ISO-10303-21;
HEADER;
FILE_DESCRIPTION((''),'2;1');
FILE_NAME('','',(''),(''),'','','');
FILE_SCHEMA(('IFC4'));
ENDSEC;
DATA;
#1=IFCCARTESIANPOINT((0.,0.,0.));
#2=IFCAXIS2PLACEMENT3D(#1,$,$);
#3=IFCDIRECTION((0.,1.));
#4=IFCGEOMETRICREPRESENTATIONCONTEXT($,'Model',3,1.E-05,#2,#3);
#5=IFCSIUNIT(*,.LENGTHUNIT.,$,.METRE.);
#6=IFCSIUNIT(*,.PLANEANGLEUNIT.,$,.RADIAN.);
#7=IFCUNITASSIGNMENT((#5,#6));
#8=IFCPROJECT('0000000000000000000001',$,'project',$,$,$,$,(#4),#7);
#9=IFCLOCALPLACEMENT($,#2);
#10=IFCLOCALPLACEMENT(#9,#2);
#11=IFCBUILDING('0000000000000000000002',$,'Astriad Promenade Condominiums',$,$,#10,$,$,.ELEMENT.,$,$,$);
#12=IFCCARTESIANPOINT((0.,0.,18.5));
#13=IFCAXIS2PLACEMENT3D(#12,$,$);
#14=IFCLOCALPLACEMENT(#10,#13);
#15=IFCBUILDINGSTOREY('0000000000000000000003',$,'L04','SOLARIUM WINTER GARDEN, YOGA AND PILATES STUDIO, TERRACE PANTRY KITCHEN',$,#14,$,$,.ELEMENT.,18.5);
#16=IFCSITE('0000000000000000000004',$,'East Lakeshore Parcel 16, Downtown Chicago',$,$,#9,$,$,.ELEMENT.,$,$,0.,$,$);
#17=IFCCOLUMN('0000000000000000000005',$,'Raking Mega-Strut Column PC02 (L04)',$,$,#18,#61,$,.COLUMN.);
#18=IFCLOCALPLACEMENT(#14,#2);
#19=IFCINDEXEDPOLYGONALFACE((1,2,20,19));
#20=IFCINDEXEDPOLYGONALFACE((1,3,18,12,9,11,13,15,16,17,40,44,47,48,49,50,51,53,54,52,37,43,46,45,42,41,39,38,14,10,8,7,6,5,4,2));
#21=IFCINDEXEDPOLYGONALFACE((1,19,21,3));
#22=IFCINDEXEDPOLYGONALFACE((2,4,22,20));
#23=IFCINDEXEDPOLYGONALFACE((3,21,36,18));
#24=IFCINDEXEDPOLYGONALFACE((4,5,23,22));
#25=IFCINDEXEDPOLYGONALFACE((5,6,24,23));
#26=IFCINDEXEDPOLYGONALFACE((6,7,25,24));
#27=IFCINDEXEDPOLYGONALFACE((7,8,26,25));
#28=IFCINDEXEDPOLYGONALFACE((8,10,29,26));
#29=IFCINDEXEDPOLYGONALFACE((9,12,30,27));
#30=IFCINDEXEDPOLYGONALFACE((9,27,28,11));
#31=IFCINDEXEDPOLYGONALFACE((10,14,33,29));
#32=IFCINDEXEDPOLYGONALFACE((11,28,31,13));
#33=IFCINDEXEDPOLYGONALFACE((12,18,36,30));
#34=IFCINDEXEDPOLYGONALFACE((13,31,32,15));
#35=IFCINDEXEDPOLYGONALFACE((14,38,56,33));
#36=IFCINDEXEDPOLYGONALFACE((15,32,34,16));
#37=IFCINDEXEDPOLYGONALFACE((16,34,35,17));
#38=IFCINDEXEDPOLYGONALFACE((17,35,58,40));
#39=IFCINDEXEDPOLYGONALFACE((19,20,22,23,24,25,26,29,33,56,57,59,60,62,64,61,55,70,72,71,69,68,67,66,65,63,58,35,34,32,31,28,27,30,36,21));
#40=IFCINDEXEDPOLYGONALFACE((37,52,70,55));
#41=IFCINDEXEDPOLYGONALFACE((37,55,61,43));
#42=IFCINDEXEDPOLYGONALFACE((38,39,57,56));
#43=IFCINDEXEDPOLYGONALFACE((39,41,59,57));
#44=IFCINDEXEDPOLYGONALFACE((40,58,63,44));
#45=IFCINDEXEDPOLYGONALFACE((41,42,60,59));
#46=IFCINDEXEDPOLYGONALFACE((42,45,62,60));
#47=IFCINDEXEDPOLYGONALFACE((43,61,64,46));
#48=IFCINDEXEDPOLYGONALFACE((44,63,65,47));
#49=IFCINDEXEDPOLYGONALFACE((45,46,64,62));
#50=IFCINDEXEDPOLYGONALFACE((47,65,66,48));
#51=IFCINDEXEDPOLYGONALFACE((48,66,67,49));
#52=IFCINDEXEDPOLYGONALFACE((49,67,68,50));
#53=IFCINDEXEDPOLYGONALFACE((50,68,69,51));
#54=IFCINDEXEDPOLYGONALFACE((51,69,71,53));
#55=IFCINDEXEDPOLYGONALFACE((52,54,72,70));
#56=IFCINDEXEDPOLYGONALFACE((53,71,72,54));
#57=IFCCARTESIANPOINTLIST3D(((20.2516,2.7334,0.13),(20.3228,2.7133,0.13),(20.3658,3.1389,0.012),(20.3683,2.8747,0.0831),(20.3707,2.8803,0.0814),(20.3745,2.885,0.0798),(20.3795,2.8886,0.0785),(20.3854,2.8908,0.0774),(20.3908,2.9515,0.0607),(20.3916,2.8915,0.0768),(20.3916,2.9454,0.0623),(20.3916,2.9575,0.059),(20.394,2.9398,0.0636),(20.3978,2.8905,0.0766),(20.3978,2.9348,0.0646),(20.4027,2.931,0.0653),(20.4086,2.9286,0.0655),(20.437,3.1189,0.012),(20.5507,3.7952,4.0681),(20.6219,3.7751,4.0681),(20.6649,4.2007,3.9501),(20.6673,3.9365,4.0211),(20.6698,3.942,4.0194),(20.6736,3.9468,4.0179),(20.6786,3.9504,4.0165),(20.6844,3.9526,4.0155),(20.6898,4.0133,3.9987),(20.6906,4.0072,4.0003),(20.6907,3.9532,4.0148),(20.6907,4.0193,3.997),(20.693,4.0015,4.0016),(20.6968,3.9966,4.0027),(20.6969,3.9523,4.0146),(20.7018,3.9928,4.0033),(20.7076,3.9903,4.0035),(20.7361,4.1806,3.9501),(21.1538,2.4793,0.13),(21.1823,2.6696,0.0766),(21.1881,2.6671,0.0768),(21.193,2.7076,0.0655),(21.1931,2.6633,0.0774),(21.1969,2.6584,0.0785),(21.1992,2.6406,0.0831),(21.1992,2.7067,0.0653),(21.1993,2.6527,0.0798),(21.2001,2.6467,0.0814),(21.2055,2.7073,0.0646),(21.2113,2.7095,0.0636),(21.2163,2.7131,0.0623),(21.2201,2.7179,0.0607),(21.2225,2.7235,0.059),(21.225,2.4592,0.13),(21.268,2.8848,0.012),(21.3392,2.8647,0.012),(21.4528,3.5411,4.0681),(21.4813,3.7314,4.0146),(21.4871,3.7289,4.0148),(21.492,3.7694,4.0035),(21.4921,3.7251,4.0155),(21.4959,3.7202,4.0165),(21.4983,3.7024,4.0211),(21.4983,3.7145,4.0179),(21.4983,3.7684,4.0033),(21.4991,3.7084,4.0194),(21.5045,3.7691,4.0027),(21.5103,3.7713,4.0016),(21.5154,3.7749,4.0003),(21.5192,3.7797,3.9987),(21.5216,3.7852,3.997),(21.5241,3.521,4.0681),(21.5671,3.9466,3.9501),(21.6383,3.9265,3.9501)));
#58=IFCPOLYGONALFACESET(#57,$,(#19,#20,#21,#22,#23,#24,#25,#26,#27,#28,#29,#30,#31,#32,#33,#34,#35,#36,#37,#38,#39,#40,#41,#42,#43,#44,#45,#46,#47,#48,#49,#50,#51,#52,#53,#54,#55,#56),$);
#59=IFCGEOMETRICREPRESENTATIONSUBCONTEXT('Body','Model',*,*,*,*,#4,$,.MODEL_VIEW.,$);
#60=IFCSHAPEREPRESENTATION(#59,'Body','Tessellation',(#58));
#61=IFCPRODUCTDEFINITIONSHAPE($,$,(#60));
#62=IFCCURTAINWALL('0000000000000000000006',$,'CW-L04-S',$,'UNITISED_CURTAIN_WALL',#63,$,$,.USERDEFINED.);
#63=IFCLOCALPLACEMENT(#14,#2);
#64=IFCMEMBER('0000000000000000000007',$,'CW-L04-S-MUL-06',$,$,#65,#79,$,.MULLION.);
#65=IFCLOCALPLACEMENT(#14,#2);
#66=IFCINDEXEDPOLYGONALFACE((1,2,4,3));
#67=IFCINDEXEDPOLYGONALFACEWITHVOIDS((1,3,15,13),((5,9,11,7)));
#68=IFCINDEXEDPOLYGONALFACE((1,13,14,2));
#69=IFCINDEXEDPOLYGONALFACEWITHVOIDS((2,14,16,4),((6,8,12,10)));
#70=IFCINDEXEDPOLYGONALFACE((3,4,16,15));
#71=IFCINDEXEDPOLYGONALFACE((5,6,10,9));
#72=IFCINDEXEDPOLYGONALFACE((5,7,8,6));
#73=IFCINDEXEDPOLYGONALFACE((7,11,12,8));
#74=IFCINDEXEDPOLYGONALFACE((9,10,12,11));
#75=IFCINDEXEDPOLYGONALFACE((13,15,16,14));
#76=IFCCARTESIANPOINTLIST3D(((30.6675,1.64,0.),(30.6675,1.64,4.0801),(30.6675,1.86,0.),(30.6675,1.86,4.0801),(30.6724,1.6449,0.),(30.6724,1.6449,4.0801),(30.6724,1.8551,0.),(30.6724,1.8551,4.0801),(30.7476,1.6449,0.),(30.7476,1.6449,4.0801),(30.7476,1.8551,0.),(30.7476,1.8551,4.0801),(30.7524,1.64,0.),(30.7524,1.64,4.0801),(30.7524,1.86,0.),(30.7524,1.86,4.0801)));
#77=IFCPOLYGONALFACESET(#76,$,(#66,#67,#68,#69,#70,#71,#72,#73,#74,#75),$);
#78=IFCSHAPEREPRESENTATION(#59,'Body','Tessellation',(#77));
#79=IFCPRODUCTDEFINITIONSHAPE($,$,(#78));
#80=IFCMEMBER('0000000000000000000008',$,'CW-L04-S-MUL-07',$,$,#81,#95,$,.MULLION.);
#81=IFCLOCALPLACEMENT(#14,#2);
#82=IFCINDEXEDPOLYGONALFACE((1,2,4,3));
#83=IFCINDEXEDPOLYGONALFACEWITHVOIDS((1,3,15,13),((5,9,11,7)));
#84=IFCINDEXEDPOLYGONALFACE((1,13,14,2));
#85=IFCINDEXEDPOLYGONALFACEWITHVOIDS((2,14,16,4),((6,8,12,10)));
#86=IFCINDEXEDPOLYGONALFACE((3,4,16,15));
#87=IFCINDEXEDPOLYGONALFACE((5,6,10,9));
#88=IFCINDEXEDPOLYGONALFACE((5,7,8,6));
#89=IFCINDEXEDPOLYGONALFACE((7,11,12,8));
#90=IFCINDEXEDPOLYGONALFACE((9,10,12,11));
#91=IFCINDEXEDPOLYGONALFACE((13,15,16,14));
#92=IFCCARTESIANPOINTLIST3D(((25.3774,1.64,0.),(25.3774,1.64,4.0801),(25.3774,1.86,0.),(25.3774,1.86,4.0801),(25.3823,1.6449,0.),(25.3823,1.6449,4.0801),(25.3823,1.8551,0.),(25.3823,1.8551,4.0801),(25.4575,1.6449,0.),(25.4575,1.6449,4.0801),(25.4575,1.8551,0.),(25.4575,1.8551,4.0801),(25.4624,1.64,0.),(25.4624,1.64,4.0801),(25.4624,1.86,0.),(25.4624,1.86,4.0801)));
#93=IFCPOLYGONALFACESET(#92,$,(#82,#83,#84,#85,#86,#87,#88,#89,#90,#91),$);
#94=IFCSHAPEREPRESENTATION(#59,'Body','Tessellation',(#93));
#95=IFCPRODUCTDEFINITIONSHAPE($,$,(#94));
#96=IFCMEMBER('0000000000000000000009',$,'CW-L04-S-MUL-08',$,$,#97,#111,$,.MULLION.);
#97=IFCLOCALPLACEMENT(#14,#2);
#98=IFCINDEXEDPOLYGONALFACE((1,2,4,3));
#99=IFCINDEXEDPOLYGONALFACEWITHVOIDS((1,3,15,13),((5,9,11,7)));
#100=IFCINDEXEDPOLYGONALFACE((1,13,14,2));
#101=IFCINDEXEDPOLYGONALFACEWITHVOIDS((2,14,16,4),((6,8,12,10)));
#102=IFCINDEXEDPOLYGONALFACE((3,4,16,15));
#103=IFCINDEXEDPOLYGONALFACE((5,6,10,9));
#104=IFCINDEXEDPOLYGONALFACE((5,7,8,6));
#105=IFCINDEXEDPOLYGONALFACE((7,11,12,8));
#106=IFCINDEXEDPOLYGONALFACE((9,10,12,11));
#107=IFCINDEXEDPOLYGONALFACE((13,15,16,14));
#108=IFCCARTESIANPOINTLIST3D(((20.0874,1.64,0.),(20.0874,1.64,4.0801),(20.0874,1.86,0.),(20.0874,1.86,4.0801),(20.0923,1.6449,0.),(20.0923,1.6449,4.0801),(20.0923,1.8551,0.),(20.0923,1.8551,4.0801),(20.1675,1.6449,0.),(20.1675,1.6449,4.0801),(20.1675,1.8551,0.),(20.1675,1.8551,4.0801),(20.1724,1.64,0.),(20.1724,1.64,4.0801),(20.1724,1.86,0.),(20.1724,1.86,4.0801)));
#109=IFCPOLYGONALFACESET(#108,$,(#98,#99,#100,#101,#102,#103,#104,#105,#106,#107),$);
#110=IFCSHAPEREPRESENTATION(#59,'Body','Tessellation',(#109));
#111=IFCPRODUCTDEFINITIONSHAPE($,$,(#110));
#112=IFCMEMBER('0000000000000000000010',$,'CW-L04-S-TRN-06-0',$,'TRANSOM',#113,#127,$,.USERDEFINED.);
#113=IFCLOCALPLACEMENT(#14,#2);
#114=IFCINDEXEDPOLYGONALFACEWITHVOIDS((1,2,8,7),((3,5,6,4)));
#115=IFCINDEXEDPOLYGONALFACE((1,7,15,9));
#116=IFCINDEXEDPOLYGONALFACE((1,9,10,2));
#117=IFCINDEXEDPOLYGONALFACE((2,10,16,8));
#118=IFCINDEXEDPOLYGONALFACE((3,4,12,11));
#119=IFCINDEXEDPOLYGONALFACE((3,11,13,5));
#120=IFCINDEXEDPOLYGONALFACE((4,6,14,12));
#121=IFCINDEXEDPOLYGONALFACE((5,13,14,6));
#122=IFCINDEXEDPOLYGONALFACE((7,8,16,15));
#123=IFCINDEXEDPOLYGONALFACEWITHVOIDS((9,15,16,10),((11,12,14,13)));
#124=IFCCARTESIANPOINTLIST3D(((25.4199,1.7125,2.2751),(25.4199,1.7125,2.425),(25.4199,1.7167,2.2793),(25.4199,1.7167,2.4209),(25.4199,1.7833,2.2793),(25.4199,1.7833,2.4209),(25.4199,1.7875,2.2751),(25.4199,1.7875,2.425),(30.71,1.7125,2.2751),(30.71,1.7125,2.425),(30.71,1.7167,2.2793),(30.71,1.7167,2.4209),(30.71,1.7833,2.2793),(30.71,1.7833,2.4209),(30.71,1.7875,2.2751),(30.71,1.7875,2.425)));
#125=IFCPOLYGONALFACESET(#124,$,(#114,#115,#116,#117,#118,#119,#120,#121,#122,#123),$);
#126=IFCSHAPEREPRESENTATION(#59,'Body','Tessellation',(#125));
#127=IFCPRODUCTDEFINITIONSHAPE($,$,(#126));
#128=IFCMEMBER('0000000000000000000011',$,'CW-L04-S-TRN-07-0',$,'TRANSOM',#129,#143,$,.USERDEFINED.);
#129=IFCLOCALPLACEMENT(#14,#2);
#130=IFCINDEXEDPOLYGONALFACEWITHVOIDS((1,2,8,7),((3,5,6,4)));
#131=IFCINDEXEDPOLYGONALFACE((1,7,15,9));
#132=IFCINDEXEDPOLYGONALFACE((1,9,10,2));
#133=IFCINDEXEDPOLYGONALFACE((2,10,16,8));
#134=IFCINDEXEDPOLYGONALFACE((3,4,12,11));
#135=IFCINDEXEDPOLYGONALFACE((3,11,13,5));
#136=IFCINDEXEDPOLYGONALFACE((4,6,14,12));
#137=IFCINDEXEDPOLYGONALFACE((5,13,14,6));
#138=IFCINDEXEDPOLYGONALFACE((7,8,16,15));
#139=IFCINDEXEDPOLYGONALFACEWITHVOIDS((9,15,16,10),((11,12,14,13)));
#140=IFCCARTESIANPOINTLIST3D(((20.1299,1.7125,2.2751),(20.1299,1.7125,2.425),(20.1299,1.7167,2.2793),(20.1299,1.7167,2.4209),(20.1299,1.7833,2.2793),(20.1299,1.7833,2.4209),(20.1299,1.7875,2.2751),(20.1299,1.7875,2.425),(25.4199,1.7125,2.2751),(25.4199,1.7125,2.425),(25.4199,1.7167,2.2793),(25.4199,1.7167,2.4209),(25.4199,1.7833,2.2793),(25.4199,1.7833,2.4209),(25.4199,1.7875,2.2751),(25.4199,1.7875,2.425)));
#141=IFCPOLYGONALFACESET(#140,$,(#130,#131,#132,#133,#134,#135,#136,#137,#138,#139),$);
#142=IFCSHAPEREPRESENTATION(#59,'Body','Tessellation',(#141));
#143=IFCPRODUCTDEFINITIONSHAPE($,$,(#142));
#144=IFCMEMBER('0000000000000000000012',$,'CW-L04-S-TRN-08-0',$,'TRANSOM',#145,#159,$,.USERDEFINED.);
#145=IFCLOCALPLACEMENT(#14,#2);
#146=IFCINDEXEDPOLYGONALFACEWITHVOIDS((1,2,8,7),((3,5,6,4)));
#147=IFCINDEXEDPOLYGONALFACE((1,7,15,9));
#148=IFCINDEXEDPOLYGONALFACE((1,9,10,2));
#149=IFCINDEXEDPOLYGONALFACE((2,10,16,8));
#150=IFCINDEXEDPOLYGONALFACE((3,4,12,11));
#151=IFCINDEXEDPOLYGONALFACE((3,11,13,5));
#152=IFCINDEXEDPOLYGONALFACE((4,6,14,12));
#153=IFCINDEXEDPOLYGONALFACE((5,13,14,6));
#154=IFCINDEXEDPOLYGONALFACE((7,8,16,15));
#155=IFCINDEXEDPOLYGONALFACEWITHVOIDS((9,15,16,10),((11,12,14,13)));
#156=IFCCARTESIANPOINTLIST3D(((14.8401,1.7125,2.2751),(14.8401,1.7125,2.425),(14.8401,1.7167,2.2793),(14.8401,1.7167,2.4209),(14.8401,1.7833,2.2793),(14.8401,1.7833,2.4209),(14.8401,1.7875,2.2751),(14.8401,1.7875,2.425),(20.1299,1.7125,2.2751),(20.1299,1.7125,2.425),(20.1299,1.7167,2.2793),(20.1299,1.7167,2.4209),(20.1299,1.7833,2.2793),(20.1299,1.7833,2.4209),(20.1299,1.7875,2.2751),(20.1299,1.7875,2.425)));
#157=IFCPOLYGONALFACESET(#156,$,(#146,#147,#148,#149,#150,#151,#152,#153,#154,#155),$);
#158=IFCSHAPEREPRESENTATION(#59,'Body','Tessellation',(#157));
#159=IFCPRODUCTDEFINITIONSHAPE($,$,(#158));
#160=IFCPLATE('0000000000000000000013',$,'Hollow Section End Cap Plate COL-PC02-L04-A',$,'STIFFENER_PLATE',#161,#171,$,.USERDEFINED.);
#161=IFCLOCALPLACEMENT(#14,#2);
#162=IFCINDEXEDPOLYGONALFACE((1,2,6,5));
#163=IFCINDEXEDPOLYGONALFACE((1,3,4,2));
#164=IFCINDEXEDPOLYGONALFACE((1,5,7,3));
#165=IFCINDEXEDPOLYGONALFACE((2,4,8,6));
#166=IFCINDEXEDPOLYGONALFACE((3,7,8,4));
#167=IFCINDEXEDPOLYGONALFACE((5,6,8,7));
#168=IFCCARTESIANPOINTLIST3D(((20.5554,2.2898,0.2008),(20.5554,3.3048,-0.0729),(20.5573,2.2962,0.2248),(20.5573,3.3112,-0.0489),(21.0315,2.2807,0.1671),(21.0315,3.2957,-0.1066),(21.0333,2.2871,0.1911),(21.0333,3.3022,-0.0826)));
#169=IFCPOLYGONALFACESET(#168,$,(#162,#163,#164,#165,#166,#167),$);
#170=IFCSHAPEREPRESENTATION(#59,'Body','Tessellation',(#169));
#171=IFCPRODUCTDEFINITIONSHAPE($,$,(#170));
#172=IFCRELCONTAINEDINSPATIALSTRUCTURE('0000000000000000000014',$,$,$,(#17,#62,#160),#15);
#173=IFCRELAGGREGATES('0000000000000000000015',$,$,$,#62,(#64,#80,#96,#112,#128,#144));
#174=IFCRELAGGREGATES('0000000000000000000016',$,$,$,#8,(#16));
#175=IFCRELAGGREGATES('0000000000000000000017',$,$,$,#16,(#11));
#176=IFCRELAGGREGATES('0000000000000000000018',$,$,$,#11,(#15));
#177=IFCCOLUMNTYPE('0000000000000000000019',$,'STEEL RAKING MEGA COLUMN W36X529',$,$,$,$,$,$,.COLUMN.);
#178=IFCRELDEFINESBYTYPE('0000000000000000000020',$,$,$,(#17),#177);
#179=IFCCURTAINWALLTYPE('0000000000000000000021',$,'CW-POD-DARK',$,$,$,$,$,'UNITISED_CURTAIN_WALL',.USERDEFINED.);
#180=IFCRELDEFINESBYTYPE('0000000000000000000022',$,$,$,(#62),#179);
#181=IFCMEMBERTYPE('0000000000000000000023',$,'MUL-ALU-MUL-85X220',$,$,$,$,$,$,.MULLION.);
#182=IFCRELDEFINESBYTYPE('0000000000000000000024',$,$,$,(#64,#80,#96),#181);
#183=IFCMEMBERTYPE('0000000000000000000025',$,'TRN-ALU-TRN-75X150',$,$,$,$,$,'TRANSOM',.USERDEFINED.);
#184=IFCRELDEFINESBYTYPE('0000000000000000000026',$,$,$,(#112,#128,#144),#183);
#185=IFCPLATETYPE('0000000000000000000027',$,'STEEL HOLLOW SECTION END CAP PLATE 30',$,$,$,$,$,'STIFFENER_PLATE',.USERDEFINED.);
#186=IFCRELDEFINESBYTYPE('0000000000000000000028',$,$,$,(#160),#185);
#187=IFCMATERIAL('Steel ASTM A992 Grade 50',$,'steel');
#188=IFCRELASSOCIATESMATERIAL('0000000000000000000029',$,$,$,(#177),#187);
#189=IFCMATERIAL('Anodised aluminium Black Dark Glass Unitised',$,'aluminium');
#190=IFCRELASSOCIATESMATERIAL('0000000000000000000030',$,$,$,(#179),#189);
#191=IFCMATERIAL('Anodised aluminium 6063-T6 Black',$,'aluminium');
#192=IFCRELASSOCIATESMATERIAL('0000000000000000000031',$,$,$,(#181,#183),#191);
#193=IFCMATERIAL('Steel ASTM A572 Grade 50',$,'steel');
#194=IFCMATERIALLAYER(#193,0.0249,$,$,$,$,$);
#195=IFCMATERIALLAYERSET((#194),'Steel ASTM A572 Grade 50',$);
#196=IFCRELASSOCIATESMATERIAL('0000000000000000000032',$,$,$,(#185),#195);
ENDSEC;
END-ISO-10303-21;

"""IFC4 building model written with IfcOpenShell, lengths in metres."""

from ifc_helpers import new_model, si_unit, direction, frame, origin, origin_2d, place, context, subcontext, project, spatial, rectangle, hollow_rectangle, i_section, extrude, source, transform, mapped, material, layer, layer_set, material_profile, profile_set, type_object, type_shapes, element, aggregate, save


model = new_model("IFC4")

# Units and contexts
model_context = context("Model", 3, precision=1e-05, world=origin(), true_north=direction((0.0, 1.0)))
body_context = subcontext(model_context, "Body", "Model", "MODEL_VIEW")
ifc_project = project(units=[si_unit("LENGTHUNIT", "METRE"), si_unit("PLANEANGLEUNIT", "RADIAN")], contexts=[model_context])

# Site, building, storey
site_placement = place(None, origin())
site = spatial("IfcSite", under=ifc_project, at=site_placement, Name="East Lakeshore Parcel 16, Downtown Chicago", CompositionType="ELEMENT", RefElevation=0.0)
building_placement = place(site_placement, origin())
building = spatial("IfcBuilding", under=site, at=building_placement, Name="Astriad Promenade Condominiums", CompositionType="ELEMENT")
storey_placement = place(building_placement, frame((0.0, 0.0, 18.5)))
storey = spatial("IfcBuildingStorey", under=building, at=storey_placement, Name="L04", Description="SOLARIUM WINTER GARDEN, YOGA AND PILATES STUDIO, TERRACE PANTRY KITCHEN", CompositionType="ELEMENT", Elevation=18.5)

# Column
ifc_material_1 = material(Name="Steel ASTM A992 Grade 50", Category="steel")
ifc_material_profile_1 = material_profile(ifc_material_1, i_section(OverallWidth=0.4375, OverallDepth=1.0112, WebThickness=0.041, FlangeThickness=0.074, FilletRadius=0.0242, at=origin_2d()), Name="W36X529")
ifc_profile_set_1 = profile_set([ifc_material_profile_1], Name="Steel ASTM A992 Grade 50")
column_type = type_object("IfcColumnType", Name="STEEL RAKING MEGA COLUMN W36X529", PredefinedType="COLUMN", material=ifc_profile_set_1)
shared_shape_1 = source(origin(), body_context, "Body", "SweptSolid", [
    extrude(i_section(OverallWidth=0.4375, OverallDepth=1.0112, WebThickness=0.041, FlangeThickness=0.074, FilletRadius=0.0242, at=origin_2d()), origin(), (0.0, 0.0, 1.0), 4.0896),
])
type_shapes(column_type, [shared_shape_1])
column_placement = place(storey_placement, frame((20.7954, 2.7991, 0.071), z_axis=(0.073131, 0.259628, 0.962936), x_axis=(-0.261075, -0.926868, 0.269731)))
element("IfcColumn", 1, at=column_placement, inside=storey, type_object=column_type, Name="Raking Mega-Strut Column PC02 (L04)", PredefinedType="COLUMN", context=body_context, shape_type="MappedRepresentation", body=[
    mapped(shared_shape_1, transform((0.0, 0.0, 0.0), scale=1.0)),
])

# Curtain wall, members
ifc_material_2 = material(Name="Anodised aluminium Black Dark Glass Unitised", Category="aluminium")
curtain_wall_type = type_object("IfcCurtainWallType", Name="CW-POD-DARK", ElementType="UNITISED_CURTAIN_WALL", PredefinedType="USERDEFINED", material=ifc_material_2)
curtain_wall_placement = place(storey_placement, origin())
curtain_wall = element("IfcCurtainWall", 2, at=curtain_wall_placement, inside=storey, type_object=curtain_wall_type, Name="CW-L04-S", ObjectType="UNITISED_CURTAIN_WALL", PredefinedType="USERDEFINED")
ifc_material_3 = material(Name="Anodised aluminium 6063-T6 Black", Category="aluminium")
ifc_material_profile_2 = material_profile(ifc_material_3, hollow_rectangle(XDim=0.085, YDim=0.22, WallThickness=0.0049, at=origin_2d()), Name="ALU-MUL-85X220")
ifc_profile_set_2 = profile_set([ifc_material_profile_2], Name="Anodised aluminium 6063-T6 Black")
member_type_1 = type_object("IfcMemberType", Name="MUL-ALU-MUL-85X220", PredefinedType="MULLION", material=ifc_profile_set_2)
shared_shape_2 = source(origin(), body_context, "Body", "SweptSolid", [
    extrude(hollow_rectangle(XDim=0.085, YDim=0.22, WallThickness=0.0049, at=origin_2d()), origin(), (0.0, 0.0, 1.0), 4.0801),
])
type_shapes(member_type_1, [shared_shape_2])
member_1_placement = place(storey_placement, frame((30.71, 1.75, 0.0), z_axis=(0.0, 0.0, 1.0), x_axis=(1.0, 0.0, 0.0)))
member_1 = element("IfcMember", 3, at=member_1_placement, type_object=member_type_1, Name="CW-L04-S-MUL-06", PredefinedType="MULLION", context=body_context, shape_type="MappedRepresentation", body=[
    mapped(shared_shape_2, transform((0.0, 0.0, 0.0), scale=1.0)),
])
member_2_placement = place(storey_placement, frame((25.4199, 1.75, 0.0), z_axis=(0.0, 0.0, 1.0), x_axis=(1.0, 0.0, 0.0)))
member_2 = element("IfcMember", 4, at=member_2_placement, type_object=member_type_1, Name="CW-L04-S-MUL-07", PredefinedType="MULLION", context=body_context, shape_type="MappedRepresentation", body=[
    mapped(shared_shape_2, transform((0.0, 0.0, 0.0), scale=1.0)),
])
member_3_placement = place(storey_placement, frame((20.1299, 1.75, 0.0), z_axis=(0.0, 0.0, 1.0), x_axis=(1.0, 0.0, 0.0)))
member_3 = element("IfcMember", 5, at=member_3_placement, type_object=member_type_1, Name="CW-L04-S-MUL-08", PredefinedType="MULLION", context=body_context, shape_type="MappedRepresentation", body=[
    mapped(shared_shape_2, transform((0.0, 0.0, 0.0), scale=1.0)),
])
ifc_material_profile_3 = material_profile(ifc_material_3, hollow_rectangle(XDim=0.075, YDim=0.1499, WallThickness=0.0042, at=origin_2d()), Name="ALU-TRN-75X150")
ifc_profile_set_3 = profile_set([ifc_material_profile_3], Name="Anodised aluminium 6063-T6 Black")
member_type_2 = type_object("IfcMemberType", Name="TRN-ALU-TRN-75X150", ElementType="TRANSOM", PredefinedType="USERDEFINED", material=ifc_profile_set_3)
shared_shape_3 = source(origin(), body_context, "Body", "SweptSolid", [
    extrude(hollow_rectangle(XDim=0.075, YDim=0.1499, WallThickness=0.0042, at=origin_2d()), origin(), (0.0, 0.0, 1.0), 5.29),
])
member_4_placement = place(storey_placement, frame((30.71, 1.75, 2.3501), z_axis=(-1.0, 0.0, 0.0), x_axis=(0.0, -1.0, 0.0)))
member_4 = element("IfcMember", 6, at=member_4_placement, type_object=member_type_2, Name="CW-L04-S-TRN-06-0", ObjectType="TRANSOM", PredefinedType="USERDEFINED", context=body_context, shape_type="MappedRepresentation", body=[
    mapped(shared_shape_3, transform((0.0, 0.0, 0.0), scale=1.0)),
])
member_5_placement = place(storey_placement, frame((25.4199, 1.75, 2.3501), z_axis=(-1.0, 0.0, 0.0), x_axis=(0.0, -1.0, 0.0)))
member_5 = element("IfcMember", 7, at=member_5_placement, type_object=member_type_2, Name="CW-L04-S-TRN-07-0", ObjectType="TRANSOM", PredefinedType="USERDEFINED", context=body_context, shape_type="MappedRepresentation", body=[
    mapped(shared_shape_3, transform((0.0, 0.0, 0.0), scale=1.0)),
])
shared_shape_4 = source(origin(), body_context, "Body", "SweptSolid", [
    extrude(hollow_rectangle(XDim=0.075, YDim=0.1499, WallThickness=0.0042, at=origin_2d()), origin(), (0.0, 0.0, 1.0), 5.2898),
])
type_shapes(member_type_2, [shared_shape_3, shared_shape_4])
member_6_placement = place(storey_placement, frame((20.1299, 1.75, 2.3501), z_axis=(-1.0, 0.0, 0.0), x_axis=(0.0, -1.0, 0.0)))
member_6 = element("IfcMember", 8, at=member_6_placement, type_object=member_type_2, Name="CW-L04-S-TRN-08-0", ObjectType="TRANSOM", PredefinedType="USERDEFINED", context=body_context, shape_type="MappedRepresentation", body=[
    mapped(shared_shape_4, transform((0.0, 0.0, 0.0), scale=1.0)),
])

# Plate
ifc_material_4 = material(Name="Steel ASTM A572 Grade 50", Category="steel")
ifc_layer_1 = layer(ifc_material_4, 0.0249)
ifc_layer_set_1 = layer_set([ifc_layer_1], Name="Steel ASTM A572 Grade 50")
plate_type_1 = type_object("IfcPlateType", Name="STEEL HOLLOW SECTION END CAP PLATE 30", ElementType="STIFFENER_PLATE", PredefinedType="USERDEFINED", material=ifc_layer_set_1)
shared_shape_5 = source(origin(), body_context, "Body", "SweptSolid", [
    extrude(rectangle(XDim=0.4773, YDim=1.0513, at=origin_2d()), origin(), (0.0, 0.0, 1.0), 0.0249),
])
type_shapes(plate_type_1, [shared_shape_5])
plate_1_placement = place(storey_placement, frame((20.7935, 2.7927, 0.0471), z_axis=(0.073161, 0.259635, 0.962932), x_axis=(1.0, 0.0, 0.0)))
element("IfcPlate", 9, at=plate_1_placement, inside=storey, type_object=plate_type_1, Name="Hollow Section End Cap Plate COL-PC02-L04-A", ObjectType="STIFFENER_PLATE", PredefinedType="USERDEFINED", context=body_context, shape_type="MappedRepresentation", body=[
    mapped(shared_shape_5, transform((0.0, 0.0, 0.0), scale=1.0)),
])
aggregate(curtain_wall, [member_1, member_2, member_3, member_4, member_5, member_6])

save(model, "model.ifc")
